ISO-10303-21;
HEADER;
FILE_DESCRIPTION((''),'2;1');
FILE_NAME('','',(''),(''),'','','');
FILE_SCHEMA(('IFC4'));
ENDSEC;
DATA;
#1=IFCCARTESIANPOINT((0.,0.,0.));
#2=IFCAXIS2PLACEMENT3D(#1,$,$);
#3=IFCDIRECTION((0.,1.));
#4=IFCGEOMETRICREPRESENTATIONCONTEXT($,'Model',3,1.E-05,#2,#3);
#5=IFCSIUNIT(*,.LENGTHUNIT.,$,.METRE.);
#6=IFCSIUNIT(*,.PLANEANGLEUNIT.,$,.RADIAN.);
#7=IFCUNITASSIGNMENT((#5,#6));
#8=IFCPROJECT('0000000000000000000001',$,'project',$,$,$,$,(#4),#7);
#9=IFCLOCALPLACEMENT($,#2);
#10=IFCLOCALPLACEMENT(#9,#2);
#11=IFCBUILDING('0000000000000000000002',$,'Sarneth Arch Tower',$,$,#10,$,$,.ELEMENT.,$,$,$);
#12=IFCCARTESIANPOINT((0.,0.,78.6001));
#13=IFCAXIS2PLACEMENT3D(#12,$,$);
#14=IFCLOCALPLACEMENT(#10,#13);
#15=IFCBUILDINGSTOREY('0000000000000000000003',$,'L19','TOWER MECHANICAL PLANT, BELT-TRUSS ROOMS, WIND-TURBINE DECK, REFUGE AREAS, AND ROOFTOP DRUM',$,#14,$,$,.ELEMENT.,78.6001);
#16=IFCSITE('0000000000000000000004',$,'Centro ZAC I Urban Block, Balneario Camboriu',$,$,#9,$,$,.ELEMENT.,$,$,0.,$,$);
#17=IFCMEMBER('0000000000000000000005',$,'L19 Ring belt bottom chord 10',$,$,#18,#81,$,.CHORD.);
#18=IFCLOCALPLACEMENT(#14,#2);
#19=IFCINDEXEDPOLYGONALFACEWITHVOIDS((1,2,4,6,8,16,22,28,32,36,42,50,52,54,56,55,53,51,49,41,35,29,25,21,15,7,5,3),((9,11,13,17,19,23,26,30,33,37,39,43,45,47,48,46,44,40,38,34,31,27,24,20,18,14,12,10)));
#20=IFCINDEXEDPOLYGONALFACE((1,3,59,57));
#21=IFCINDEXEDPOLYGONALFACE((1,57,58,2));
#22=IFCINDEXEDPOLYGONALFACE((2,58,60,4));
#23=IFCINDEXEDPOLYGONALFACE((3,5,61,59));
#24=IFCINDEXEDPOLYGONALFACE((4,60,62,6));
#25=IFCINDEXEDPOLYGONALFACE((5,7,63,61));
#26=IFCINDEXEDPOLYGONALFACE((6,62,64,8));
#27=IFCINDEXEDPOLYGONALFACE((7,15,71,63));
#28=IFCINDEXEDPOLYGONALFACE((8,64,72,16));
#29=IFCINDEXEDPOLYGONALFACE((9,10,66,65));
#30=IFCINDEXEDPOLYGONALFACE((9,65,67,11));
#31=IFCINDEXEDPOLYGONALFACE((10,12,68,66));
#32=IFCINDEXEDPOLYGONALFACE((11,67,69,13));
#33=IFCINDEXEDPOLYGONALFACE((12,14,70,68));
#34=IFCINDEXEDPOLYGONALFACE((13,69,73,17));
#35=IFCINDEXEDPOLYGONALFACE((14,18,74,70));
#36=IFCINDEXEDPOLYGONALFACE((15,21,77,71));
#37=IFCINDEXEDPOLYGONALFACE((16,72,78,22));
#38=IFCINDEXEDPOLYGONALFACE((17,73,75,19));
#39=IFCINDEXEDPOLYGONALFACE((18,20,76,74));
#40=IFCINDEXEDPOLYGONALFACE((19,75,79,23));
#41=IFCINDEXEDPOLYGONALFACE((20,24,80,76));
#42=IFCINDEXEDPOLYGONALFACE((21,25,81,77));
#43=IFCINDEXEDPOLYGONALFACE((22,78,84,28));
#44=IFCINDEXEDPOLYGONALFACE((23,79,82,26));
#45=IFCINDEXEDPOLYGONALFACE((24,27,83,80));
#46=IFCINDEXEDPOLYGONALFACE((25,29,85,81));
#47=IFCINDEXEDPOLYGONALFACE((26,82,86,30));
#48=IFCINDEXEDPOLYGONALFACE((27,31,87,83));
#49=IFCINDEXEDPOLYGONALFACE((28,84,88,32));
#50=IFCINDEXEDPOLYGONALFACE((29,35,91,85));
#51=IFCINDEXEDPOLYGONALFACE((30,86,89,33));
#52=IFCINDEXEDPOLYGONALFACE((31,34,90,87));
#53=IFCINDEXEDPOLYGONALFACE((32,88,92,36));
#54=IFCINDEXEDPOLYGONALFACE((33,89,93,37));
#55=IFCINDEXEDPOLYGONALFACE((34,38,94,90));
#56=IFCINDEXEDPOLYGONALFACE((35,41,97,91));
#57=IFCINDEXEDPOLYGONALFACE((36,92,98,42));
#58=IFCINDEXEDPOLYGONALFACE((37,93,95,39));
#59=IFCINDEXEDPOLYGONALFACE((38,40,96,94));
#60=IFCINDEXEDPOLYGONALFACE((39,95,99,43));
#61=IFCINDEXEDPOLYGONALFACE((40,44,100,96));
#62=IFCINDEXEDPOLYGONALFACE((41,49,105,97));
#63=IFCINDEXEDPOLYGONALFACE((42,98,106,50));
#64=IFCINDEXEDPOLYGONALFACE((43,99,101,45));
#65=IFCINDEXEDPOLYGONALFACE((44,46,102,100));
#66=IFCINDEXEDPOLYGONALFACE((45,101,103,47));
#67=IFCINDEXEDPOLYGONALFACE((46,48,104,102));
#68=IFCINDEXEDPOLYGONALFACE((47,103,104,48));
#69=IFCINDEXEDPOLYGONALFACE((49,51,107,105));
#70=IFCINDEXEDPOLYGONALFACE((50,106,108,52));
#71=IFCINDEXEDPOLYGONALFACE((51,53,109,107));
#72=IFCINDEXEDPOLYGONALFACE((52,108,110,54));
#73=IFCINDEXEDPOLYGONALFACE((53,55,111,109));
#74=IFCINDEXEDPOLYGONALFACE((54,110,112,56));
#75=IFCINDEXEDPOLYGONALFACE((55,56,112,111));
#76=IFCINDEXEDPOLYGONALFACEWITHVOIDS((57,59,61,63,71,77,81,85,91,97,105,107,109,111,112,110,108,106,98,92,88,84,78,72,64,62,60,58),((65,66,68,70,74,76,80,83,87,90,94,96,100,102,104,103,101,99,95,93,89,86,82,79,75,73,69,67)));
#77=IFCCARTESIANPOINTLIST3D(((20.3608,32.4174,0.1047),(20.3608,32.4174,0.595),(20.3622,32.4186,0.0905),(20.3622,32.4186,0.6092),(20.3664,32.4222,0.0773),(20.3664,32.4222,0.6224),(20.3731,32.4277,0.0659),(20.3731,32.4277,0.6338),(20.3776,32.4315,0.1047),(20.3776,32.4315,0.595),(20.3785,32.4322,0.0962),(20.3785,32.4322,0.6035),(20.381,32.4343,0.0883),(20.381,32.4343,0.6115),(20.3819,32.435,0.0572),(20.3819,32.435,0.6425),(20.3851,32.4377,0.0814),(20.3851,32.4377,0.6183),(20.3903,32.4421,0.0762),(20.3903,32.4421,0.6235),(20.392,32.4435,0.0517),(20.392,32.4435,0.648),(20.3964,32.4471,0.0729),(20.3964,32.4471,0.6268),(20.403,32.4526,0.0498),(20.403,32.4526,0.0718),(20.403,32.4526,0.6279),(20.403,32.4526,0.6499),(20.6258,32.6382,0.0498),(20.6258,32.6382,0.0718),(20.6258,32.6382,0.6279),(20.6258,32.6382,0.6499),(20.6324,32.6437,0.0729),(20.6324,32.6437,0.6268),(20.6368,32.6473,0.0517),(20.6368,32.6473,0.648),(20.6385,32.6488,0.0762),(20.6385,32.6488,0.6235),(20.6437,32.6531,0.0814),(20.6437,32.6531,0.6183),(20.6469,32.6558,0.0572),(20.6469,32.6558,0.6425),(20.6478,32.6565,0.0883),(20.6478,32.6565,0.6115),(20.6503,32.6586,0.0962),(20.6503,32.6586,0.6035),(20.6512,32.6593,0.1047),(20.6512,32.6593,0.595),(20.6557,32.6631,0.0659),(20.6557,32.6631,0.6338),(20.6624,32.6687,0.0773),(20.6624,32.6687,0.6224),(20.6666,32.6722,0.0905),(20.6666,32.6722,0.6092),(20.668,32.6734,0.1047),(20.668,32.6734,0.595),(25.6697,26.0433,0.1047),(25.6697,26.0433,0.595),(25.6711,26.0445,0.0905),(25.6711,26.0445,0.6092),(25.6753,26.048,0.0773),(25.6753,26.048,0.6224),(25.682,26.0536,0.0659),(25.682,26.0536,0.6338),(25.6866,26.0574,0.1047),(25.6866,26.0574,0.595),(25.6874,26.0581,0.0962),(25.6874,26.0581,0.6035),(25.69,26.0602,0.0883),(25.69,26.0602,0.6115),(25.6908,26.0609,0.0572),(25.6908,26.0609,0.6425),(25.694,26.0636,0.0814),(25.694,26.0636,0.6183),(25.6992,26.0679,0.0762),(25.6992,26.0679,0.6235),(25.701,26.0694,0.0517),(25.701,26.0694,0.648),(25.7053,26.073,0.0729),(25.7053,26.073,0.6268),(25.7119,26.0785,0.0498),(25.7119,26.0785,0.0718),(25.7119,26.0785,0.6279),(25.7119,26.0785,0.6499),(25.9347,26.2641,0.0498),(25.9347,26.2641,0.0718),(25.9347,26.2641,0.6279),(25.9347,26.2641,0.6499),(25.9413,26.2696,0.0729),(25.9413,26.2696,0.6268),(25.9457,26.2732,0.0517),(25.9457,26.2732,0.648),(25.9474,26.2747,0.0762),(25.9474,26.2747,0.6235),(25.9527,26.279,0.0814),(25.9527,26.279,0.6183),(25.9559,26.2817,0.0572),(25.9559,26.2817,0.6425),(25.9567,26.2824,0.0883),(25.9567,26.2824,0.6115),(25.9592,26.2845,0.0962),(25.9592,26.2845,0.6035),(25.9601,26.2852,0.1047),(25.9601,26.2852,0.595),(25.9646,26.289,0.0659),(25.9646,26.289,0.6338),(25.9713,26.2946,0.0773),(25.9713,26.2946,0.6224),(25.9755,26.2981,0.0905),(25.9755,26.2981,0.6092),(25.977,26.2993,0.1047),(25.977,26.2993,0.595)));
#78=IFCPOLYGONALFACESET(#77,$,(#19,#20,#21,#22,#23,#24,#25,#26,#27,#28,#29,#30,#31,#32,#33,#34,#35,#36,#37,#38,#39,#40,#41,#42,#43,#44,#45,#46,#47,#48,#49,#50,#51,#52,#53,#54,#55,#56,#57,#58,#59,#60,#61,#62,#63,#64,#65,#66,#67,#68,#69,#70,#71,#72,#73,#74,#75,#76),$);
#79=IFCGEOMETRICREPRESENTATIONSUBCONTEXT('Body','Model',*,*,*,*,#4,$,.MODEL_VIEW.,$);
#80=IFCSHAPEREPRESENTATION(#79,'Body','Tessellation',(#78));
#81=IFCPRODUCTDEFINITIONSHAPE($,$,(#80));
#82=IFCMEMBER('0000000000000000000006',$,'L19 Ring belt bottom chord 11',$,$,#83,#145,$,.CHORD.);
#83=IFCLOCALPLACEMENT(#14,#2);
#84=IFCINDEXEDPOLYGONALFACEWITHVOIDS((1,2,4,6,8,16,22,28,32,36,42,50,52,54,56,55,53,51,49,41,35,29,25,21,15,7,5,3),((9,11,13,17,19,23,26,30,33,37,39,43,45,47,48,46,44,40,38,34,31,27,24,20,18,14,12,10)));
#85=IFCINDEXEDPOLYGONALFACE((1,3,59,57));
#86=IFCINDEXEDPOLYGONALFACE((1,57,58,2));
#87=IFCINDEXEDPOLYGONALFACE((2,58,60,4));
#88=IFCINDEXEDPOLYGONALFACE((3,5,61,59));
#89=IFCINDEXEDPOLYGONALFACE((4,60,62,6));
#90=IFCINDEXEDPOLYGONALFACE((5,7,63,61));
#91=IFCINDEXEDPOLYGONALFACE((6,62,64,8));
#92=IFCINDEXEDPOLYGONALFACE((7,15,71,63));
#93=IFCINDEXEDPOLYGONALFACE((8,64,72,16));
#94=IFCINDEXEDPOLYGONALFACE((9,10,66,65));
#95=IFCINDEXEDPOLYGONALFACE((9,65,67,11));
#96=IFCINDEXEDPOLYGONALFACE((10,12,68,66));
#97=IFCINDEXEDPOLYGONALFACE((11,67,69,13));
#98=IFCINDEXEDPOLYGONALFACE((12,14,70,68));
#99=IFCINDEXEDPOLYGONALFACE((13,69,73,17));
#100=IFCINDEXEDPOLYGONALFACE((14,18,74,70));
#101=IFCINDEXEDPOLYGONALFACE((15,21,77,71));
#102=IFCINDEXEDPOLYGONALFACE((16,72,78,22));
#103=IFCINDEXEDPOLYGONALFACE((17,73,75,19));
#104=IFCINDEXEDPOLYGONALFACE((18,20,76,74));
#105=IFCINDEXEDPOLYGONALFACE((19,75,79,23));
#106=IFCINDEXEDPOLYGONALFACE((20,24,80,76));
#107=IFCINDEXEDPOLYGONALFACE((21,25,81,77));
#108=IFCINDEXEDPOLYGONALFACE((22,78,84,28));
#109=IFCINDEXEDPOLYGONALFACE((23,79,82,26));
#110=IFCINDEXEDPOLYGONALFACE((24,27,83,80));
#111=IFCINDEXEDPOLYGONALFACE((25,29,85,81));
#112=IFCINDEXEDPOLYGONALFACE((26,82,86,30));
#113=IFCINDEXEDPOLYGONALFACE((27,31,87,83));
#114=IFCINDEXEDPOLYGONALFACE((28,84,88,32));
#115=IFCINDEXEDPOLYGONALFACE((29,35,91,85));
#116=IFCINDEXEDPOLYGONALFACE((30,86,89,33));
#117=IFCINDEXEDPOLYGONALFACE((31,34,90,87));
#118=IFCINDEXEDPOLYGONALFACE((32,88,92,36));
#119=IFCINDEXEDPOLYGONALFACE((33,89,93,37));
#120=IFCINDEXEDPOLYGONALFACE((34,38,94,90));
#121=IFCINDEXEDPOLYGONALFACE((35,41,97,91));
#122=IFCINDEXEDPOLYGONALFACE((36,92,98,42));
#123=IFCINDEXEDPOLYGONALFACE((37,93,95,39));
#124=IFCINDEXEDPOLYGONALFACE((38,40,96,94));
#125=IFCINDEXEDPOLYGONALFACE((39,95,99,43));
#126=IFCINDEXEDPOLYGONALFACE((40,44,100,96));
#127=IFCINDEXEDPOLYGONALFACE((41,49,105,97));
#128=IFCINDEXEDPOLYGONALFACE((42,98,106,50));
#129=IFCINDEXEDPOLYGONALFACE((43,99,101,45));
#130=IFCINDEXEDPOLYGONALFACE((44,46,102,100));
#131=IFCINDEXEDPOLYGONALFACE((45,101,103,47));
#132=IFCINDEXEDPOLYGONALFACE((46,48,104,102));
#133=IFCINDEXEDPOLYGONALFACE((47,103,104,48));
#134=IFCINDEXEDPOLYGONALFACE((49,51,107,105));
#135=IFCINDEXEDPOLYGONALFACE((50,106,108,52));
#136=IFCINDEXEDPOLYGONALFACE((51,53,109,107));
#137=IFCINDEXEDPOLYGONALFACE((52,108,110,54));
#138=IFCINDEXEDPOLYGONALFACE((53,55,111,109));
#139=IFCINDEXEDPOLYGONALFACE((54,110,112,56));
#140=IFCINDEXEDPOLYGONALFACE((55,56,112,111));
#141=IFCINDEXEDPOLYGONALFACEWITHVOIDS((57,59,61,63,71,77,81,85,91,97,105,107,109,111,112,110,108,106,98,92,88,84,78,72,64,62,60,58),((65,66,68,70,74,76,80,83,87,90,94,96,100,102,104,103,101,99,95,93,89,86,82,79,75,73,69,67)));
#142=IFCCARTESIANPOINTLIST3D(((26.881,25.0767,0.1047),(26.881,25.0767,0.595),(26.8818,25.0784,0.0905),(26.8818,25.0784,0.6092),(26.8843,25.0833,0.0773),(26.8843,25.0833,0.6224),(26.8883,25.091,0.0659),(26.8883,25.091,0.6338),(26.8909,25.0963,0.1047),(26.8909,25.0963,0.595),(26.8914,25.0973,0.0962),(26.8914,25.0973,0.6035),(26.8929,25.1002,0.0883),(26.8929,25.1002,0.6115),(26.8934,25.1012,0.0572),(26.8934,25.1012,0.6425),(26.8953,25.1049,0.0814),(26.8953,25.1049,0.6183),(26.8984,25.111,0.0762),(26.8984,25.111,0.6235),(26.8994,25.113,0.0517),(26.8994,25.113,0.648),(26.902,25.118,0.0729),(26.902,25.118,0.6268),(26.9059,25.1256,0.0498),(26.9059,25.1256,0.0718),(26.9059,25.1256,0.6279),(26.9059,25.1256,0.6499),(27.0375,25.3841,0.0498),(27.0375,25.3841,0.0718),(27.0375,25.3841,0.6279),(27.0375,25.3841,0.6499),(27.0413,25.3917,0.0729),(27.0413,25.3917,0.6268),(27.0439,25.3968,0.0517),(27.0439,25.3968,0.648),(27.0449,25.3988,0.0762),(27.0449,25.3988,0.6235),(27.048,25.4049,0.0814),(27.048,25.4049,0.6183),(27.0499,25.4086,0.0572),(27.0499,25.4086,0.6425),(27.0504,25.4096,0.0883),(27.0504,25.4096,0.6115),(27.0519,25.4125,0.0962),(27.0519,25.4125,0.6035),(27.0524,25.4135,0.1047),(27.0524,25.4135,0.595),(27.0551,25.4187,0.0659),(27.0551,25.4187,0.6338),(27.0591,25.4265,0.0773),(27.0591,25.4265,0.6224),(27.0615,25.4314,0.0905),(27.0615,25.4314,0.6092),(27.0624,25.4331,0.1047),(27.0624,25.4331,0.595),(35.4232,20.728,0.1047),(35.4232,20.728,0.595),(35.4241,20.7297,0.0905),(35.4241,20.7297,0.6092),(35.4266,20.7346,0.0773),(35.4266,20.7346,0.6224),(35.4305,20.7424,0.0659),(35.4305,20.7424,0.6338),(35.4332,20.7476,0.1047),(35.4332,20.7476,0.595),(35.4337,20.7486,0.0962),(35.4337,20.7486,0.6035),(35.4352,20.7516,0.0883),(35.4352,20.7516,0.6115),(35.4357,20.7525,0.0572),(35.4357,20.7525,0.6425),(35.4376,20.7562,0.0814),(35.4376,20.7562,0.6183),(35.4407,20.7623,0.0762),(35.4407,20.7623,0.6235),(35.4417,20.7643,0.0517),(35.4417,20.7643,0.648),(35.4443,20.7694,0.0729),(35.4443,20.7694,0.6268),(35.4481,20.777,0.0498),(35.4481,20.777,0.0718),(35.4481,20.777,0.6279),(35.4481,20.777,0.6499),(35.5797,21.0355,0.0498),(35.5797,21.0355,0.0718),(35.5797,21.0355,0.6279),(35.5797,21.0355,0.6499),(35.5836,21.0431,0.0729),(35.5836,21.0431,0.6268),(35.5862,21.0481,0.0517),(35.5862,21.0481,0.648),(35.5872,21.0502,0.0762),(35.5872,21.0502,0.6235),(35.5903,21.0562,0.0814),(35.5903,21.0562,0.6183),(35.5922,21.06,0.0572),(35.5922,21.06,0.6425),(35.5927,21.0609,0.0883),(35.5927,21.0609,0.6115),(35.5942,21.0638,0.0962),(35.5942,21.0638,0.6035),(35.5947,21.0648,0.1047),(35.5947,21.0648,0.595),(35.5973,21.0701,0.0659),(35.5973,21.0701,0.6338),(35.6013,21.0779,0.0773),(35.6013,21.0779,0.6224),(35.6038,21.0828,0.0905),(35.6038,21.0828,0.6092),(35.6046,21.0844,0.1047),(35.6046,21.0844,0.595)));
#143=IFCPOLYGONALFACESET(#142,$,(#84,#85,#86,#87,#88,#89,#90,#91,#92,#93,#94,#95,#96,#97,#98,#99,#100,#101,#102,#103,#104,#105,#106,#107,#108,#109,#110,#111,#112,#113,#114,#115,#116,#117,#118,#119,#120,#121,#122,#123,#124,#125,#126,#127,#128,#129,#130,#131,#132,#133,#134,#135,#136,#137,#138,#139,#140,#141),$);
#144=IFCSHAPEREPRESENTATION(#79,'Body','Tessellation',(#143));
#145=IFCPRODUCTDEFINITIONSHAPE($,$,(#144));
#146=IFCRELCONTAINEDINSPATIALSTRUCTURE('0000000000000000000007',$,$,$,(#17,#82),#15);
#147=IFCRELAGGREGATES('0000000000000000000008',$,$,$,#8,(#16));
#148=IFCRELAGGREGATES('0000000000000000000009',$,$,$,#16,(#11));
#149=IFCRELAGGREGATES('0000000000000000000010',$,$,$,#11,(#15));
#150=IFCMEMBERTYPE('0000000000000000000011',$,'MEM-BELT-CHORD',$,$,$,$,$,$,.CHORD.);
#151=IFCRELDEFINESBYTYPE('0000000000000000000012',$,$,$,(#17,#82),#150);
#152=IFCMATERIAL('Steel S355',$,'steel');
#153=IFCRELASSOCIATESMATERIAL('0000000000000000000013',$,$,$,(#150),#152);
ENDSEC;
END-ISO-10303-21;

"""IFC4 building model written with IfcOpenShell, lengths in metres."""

from ifc_helpers import new_model, si_unit, direction, frame, origin, origin_2d, place, context, subcontext, project, spatial, hollow_rectangle, extrude, material, material_profile, profile_set, type_object, element, save


model = new_model("IFC4")

# Units and contexts
model_context = context("Model", 3, precision=1e-05, world=origin(), true_north=direction((0.0, 1.0)))
body_context = subcontext(model_context, "Body", "Model", "MODEL_VIEW")
ifc_project = project(units=[si_unit("LENGTHUNIT", "METRE"), si_unit("PLANEANGLEUNIT", "RADIAN")], contexts=[model_context])

# Site, building, storey
site_placement = place(None, origin())
site = spatial("IfcSite", under=ifc_project, at=site_placement, Name="Centro ZAC I Urban Block, Balneario Camboriu", CompositionType="ELEMENT", RefElevation=0.0)
building_placement = place(site_placement, origin())
building = spatial("IfcBuilding", under=site, at=building_placement, Name="Sarneth Arch Tower", CompositionType="ELEMENT")
storey_placement = place(building_placement, frame((0.0, 0.0, 78.6001)))
storey = spatial("IfcBuildingStorey", under=building, at=storey_placement, Name="L19", Description="TOWER MECHANICAL PLANT, BELT-TRUSS ROOMS, WIND-TURBINE DECK, REFUGE AREAS, AND ROOFTOP DRUM", CompositionType="ELEMENT", Elevation=78.6001)

# Members
ifc_material_1 = material(Name="Steel S355", Category="steel")
ifc_material_profile_1 = material_profile(ifc_material_1, hollow_rectangle(XDim=0.3999, YDim=0.6001, WallThickness=0.022, InnerFilletRadius=0.033, OuterFilletRadius=0.0549, at=origin_2d()), Name="RHS600x400x22")
ifc_profile_set_1 = profile_set([ifc_material_profile_1], Name="Steel S355")
member_type_1 = type_object("IfcMemberType", Name="MEM-BELT-CHORD", PredefinedType="CHORD", material=ifc_profile_set_1)
member_1_placement = place(storey_placement, frame((20.5144, 32.5454, 0.3499), z_axis=(0.639982, -0.76839, 0.0), x_axis=(0.76839, 0.639982, 0.0)))
element("IfcMember", 1, at=member_1_placement, inside=storey, type_object=member_type_1, Name="L19 Ring belt bottom chord 10", PredefinedType="CHORD", context=body_context, shape_type="SweptSolid", body=[
    extrude(hollow_rectangle(XDim=0.3999, YDim=0.6001, WallThickness=0.022, InnerFilletRadius=0.033, OuterFilletRadius=0.0549, at=origin_2d()), origin(), (0.0, 0.0, 1.0), 8.2954),
])
member_2_placement = place(storey_placement, frame((26.9717, 25.2549, 0.3499), z_axis=(0.891169, -0.453671, 0.0), x_axis=(0.453671, 0.891169, 0.0)))
element("IfcMember", 2, at=member_2_placement, inside=storey, type_object=member_type_1, Name="L19 Ring belt bottom chord 11", PredefinedType="CHORD", context=body_context, shape_type="SweptSolid", body=[
    extrude(hollow_rectangle(XDim=0.3999, YDim=0.6001, WallThickness=0.022, InnerFilletRadius=0.033, OuterFilletRadius=0.0549, at=origin_2d()), origin(), (0.0, 0.0, 1.0), 9.5854),
])

save(model, "model.ifc")
